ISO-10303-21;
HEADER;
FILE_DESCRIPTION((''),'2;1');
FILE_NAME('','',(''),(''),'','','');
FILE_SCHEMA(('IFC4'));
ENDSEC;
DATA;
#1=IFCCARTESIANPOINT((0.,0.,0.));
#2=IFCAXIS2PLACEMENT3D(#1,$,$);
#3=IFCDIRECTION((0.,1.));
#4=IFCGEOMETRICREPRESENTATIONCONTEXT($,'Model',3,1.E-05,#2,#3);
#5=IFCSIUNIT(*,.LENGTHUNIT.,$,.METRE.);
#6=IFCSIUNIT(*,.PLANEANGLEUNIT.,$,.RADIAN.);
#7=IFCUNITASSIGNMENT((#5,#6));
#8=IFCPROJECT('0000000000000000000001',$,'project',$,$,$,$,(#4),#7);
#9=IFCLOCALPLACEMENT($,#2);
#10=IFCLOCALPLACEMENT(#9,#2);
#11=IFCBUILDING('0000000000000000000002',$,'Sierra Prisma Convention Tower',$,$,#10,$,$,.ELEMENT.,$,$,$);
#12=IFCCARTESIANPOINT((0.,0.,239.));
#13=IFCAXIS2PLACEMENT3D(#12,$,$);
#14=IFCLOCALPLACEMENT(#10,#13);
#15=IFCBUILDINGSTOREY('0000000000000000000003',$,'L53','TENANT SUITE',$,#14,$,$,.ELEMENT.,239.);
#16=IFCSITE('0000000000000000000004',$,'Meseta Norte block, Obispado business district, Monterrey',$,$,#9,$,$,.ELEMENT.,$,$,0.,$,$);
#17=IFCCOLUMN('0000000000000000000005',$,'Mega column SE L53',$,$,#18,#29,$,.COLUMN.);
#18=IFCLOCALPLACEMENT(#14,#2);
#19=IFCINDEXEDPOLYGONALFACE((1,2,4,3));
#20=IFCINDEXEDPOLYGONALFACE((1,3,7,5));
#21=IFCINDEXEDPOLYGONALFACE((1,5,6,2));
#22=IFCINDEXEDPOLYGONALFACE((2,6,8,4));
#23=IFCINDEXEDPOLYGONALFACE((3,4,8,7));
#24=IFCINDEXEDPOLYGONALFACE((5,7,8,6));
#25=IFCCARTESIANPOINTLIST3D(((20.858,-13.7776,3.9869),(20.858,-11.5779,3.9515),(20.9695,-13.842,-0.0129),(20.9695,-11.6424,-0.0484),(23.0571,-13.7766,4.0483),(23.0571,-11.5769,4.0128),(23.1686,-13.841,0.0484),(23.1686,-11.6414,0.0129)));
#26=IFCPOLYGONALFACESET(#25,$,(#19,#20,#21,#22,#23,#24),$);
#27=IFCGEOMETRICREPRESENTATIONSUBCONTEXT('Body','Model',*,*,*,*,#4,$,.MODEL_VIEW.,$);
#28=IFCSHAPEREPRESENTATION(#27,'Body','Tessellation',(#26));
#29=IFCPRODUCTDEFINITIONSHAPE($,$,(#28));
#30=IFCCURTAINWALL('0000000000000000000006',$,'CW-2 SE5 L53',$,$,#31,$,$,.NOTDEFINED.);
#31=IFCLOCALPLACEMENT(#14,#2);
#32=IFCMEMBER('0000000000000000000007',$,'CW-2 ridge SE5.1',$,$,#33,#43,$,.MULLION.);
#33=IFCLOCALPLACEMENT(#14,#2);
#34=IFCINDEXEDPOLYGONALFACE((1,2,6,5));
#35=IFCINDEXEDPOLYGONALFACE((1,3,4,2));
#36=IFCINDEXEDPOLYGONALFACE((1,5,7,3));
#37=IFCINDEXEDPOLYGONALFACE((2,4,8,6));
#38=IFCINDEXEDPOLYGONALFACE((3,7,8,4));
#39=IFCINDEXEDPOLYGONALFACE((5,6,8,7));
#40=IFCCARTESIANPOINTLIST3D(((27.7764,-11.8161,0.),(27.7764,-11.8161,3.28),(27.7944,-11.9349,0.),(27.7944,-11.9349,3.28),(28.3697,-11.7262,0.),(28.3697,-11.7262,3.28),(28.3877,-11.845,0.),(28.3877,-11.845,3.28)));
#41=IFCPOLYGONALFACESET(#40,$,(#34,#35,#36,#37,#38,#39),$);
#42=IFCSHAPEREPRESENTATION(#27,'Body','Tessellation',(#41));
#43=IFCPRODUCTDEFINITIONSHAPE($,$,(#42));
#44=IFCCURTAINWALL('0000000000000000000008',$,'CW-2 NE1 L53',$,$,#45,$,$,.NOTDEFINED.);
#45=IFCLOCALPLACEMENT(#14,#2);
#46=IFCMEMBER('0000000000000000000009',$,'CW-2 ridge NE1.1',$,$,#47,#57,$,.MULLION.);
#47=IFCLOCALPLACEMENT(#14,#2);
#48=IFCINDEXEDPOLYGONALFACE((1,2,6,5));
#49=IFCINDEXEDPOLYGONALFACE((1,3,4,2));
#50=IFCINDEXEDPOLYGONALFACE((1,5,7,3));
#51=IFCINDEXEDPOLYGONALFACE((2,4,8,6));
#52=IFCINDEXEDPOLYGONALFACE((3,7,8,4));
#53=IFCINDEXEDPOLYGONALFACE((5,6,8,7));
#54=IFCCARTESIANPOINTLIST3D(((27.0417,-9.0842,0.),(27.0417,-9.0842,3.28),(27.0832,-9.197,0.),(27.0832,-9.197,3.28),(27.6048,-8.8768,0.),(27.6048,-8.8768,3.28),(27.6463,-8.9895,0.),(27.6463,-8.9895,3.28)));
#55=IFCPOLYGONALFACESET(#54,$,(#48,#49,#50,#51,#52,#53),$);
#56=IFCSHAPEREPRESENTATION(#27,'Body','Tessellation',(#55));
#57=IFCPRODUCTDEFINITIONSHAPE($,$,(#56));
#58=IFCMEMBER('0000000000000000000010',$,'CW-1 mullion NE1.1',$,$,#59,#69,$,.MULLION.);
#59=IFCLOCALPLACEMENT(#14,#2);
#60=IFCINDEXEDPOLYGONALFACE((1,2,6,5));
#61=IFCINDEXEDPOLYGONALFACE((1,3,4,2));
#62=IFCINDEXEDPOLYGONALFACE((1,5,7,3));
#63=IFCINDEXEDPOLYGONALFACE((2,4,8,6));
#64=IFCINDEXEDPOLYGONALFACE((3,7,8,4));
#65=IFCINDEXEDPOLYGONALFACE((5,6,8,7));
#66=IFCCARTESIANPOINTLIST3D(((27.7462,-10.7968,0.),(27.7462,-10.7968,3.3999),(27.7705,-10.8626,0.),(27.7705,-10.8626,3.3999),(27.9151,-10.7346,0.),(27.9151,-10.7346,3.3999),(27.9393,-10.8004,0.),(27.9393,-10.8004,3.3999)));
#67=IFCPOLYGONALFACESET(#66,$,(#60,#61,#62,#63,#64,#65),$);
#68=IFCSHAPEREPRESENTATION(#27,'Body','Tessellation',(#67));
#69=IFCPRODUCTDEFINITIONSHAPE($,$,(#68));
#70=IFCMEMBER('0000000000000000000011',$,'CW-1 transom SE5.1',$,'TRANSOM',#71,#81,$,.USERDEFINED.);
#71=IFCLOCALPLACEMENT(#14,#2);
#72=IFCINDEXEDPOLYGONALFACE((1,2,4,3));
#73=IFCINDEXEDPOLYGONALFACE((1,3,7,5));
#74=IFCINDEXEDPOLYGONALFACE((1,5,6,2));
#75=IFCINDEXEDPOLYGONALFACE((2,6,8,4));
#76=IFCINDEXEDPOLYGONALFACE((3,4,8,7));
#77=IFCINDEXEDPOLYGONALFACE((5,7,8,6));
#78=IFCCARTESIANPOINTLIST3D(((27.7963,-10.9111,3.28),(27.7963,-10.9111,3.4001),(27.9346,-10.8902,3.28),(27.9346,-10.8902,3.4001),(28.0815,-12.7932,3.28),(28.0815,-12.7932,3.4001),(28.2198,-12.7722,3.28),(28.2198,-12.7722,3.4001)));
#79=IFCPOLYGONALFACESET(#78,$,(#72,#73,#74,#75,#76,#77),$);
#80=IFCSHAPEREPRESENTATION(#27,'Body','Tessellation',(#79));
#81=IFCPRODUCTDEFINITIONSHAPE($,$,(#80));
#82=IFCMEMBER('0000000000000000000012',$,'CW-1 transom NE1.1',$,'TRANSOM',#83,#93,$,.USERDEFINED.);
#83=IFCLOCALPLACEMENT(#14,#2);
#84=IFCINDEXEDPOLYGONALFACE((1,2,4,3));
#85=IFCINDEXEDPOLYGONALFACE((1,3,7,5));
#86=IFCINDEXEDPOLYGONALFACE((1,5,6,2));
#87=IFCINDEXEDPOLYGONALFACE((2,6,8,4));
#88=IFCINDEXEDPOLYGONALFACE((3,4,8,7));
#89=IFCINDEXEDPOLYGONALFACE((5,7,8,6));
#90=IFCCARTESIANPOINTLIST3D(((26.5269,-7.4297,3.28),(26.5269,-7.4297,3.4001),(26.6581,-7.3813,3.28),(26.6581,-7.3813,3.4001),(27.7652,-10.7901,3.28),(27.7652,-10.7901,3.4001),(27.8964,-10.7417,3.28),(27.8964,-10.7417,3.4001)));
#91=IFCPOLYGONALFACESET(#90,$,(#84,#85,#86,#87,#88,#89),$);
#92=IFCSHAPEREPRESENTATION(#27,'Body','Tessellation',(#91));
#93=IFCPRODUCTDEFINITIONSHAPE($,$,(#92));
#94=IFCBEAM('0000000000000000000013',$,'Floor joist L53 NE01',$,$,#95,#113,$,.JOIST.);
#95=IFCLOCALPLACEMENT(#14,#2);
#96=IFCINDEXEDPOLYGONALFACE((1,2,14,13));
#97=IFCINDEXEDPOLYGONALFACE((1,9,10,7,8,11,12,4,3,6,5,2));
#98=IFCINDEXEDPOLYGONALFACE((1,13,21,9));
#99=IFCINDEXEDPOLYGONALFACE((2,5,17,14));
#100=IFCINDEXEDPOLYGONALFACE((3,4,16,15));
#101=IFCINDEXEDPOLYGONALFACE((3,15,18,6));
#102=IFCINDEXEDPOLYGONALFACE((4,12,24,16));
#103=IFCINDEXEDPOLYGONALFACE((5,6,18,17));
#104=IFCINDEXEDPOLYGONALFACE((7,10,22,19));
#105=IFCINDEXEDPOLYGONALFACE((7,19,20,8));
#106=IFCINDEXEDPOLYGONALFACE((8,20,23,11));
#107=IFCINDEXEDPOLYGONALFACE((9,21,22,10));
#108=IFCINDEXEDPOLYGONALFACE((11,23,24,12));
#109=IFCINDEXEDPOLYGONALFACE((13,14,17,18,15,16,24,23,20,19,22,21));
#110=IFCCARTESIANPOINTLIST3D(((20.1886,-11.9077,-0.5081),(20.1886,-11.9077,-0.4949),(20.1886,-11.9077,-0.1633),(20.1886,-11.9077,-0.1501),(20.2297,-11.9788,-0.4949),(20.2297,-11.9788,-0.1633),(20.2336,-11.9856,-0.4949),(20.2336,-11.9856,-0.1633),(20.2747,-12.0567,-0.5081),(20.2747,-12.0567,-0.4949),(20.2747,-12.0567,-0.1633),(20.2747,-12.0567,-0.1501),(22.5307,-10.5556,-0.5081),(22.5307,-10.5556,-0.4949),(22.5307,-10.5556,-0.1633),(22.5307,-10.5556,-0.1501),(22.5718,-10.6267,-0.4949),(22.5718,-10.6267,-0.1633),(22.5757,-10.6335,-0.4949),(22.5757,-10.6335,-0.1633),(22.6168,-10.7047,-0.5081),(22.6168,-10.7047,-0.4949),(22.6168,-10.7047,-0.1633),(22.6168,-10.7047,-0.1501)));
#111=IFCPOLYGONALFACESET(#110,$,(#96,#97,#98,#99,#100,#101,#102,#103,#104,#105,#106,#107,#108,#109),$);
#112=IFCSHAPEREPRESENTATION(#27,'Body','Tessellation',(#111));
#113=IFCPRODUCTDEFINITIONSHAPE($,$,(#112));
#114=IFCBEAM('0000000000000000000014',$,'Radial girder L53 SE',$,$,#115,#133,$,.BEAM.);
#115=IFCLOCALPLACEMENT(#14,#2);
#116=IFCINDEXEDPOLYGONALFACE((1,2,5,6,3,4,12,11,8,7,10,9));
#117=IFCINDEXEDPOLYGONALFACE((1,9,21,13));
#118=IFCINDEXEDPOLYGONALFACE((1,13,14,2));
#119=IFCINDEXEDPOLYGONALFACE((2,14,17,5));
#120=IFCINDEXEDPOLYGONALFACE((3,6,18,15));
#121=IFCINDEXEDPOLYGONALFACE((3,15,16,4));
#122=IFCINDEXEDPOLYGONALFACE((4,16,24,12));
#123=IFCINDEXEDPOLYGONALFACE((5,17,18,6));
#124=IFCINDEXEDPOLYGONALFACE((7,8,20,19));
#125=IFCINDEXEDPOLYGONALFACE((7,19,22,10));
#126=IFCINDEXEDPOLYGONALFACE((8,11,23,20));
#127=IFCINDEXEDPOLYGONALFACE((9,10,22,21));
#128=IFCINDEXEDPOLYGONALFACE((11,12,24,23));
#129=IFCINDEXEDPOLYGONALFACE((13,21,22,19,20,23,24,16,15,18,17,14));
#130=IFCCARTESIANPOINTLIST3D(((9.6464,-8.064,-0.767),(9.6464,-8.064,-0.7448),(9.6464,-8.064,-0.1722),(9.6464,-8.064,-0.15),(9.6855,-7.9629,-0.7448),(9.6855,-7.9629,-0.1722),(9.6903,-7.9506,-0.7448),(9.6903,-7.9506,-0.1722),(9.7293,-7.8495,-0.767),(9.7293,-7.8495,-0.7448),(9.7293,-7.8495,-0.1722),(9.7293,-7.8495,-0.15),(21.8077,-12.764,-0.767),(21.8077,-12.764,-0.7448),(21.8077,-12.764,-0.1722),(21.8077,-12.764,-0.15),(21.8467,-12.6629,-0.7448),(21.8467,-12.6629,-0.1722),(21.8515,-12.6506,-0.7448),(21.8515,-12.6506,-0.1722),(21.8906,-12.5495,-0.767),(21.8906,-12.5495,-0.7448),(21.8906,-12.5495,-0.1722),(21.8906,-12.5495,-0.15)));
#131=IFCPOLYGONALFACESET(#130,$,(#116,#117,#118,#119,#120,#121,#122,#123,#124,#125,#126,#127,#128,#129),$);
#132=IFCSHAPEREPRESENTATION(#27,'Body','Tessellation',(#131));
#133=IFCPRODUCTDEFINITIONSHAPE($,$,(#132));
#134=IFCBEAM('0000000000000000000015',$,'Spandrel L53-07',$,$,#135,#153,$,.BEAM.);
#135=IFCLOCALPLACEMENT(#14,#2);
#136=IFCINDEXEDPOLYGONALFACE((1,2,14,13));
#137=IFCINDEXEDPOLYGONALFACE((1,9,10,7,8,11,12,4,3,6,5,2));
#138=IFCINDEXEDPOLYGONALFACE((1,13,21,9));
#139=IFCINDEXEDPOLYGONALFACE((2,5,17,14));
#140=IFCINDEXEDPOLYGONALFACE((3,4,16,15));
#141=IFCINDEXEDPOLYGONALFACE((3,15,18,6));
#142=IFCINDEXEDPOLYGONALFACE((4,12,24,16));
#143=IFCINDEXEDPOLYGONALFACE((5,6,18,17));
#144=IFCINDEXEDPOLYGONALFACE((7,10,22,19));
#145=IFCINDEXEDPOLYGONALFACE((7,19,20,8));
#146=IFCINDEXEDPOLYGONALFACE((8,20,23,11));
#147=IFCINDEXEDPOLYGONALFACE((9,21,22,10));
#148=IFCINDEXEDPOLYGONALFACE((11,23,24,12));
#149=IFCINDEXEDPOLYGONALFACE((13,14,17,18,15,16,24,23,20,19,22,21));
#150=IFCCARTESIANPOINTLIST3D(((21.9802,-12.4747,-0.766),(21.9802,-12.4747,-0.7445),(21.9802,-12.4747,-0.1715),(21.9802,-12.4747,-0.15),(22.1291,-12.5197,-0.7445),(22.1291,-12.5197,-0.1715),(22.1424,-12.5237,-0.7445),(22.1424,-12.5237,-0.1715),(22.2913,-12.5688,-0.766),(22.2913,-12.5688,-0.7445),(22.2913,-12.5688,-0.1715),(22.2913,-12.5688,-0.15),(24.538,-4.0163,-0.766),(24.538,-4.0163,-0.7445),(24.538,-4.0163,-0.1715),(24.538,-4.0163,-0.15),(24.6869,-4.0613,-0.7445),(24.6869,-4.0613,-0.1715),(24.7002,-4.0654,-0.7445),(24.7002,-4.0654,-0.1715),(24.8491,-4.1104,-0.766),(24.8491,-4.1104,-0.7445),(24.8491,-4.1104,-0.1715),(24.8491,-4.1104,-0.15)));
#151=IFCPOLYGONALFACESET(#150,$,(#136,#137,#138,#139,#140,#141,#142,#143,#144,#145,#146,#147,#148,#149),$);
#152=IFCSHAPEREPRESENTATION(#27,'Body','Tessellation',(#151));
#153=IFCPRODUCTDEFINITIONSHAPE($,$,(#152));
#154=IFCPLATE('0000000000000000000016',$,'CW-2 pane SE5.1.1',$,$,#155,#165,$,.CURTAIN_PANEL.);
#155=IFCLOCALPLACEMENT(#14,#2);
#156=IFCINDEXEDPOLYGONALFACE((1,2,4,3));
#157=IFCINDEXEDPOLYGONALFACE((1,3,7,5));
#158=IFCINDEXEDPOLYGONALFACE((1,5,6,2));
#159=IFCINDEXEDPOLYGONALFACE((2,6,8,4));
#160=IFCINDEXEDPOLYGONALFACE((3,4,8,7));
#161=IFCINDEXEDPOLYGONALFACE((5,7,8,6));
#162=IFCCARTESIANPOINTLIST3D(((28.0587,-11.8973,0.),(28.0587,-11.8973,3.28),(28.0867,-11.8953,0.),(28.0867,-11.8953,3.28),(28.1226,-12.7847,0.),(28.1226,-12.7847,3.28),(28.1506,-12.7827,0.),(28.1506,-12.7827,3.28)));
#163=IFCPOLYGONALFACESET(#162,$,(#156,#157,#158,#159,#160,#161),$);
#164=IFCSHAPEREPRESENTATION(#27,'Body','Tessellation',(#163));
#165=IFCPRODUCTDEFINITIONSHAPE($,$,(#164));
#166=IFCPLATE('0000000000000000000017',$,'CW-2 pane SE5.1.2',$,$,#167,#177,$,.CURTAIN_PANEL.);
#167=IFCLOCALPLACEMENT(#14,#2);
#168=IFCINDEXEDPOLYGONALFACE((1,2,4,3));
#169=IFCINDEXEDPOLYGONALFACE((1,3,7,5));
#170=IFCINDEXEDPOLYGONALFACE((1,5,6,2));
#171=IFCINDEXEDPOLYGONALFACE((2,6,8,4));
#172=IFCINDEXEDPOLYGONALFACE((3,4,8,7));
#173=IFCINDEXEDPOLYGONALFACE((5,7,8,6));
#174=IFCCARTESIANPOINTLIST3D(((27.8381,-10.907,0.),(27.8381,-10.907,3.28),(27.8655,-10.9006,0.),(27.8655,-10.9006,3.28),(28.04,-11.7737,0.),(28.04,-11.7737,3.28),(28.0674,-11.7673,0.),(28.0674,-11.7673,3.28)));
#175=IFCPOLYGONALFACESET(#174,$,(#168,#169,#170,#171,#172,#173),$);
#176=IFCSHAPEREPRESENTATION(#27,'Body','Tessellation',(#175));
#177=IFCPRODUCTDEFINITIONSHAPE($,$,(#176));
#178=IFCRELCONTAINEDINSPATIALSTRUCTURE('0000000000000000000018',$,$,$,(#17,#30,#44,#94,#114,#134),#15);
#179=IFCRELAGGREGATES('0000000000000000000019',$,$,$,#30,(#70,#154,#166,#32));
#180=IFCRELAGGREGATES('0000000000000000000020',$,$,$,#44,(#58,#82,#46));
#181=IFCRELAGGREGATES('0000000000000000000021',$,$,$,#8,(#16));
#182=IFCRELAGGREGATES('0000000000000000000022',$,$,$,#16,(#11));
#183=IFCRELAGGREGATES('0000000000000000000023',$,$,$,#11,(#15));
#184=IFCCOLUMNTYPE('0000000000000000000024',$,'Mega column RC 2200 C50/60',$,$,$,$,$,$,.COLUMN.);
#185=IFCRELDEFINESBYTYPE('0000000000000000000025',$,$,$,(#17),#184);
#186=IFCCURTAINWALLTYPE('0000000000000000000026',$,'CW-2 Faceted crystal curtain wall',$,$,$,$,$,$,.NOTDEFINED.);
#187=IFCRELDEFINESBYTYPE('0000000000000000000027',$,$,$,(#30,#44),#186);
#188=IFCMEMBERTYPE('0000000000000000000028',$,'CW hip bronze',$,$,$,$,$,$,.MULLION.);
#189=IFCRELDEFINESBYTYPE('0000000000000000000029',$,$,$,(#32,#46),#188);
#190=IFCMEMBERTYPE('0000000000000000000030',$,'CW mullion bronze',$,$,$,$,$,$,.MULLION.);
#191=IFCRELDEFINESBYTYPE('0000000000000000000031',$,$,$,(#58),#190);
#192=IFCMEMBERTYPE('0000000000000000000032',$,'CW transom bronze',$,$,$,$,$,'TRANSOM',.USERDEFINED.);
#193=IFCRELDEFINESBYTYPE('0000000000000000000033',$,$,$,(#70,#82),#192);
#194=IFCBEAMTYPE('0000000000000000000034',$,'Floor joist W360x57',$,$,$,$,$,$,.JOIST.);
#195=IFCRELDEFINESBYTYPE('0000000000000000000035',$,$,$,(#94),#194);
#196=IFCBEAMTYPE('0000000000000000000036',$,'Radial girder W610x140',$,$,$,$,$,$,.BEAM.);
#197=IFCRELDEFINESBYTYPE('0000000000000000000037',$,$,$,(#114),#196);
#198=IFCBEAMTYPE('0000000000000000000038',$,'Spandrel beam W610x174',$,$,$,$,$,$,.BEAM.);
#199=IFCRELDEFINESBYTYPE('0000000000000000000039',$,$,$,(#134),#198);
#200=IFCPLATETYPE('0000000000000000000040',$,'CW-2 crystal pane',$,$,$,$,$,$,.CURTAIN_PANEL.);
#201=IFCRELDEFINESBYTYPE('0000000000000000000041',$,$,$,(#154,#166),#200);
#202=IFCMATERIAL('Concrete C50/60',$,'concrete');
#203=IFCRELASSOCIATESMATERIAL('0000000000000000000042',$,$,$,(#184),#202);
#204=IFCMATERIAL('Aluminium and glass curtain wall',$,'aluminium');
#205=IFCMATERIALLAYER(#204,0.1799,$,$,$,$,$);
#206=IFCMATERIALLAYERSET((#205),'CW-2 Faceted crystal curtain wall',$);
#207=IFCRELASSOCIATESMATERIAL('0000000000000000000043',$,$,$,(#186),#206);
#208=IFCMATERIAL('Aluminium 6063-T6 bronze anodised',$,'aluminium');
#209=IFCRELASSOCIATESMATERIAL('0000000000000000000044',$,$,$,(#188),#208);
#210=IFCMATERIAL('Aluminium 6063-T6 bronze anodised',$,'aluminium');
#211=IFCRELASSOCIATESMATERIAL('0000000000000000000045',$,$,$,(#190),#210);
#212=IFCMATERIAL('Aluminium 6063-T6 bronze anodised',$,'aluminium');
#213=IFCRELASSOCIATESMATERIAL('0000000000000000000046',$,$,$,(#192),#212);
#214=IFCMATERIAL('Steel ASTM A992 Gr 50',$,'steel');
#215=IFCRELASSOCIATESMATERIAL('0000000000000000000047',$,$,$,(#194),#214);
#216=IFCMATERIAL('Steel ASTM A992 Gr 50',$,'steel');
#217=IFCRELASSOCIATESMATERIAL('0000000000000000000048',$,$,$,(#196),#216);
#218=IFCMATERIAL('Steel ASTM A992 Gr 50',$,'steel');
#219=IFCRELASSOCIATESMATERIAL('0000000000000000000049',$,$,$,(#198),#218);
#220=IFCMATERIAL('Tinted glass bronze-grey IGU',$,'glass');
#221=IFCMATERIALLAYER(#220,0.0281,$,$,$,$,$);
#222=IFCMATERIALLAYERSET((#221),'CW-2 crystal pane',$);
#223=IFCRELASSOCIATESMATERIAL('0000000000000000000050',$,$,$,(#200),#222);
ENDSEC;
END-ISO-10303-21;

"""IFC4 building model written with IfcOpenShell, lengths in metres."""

from ifc_helpers import new_model, si_unit, direction, frame, origin, origin_2d, place, context, subcontext, project, spatial, polyline, rectangle, i_section, outline, extrude, material, layer, layer_set, material_profile, profile_set, type_object, element, aggregate, save


model = new_model("IFC4")

# Units and contexts
model_context = context("Model", 3, precision=1e-05, world=origin(), true_north=direction((0.0, 1.0)))
body_context = subcontext(model_context, "Body", "Model", "MODEL_VIEW")
ifc_project = project(units=[si_unit("LENGTHUNIT", "METRE"), si_unit("PLANEANGLEUNIT", "RADIAN")], contexts=[model_context])

# Site, building, storey
site_placement = place(None, origin())
site = spatial("IfcSite", under=ifc_project, at=site_placement, Name="Meseta Norte block, Obispado business district, Monterrey", CompositionType="ELEMENT", RefElevation=0.0)
building_placement = place(site_placement, origin())
building = spatial("IfcBuilding", under=site, at=building_placement, Name="Sierra Prisma Convention Tower", CompositionType="ELEMENT")
storey_placement = place(building_placement, frame((0.0, 0.0, 239.0)))
storey = spatial("IfcBuildingStorey", under=building, at=storey_placement, Name="L53", Description="TENANT SUITE", CompositionType="ELEMENT", Elevation=239.0)

# Column
ifc_material_1 = material(Name="Concrete C50/60", Category="concrete")
ifc_material_profile_1 = material_profile(ifc_material_1, rectangle(XDim=2.2, YDim=2.2, at=origin_2d()), Name="Mega column RC 2200 C50/60")
ifc_profile_set_1 = profile_set([ifc_material_profile_1], Name="Concrete C50/60")
column_type = type_object("IfcColumnType", Name="Mega column RC 2200 C50/60", PredefinedType="COLUMN", material=ifc_profile_set_1)
column_placement = place(storey_placement, frame((22.0691, -12.7417, 0.0), z_axis=(-0.027879, 0.016105, 0.999482), x_axis=(0.999611, 0.000449, 0.027875)))
element("IfcColumn", 1, at=column_placement, inside=storey, type_object=column_type, Name="Mega column SE L53", PredefinedType="COLUMN", context=body_context, shape_type="SweptSolid", body=[
    extrude(rectangle(XDim=2.2, YDim=2.2, at=origin_2d()), origin(), (0.0, 0.0, 1.0), 4.002),
])

# Curtain wall, member
ifc_material_2 = material(Name="Aluminium and glass curtain wall", Category="aluminium")
ifc_layer_1 = layer(ifc_material_2, 0.1799)
ifc_layer_set_1 = layer_set([ifc_layer_1], Name="CW-2 Faceted crystal curtain wall")
curtain_wall_type = type_object("IfcCurtainWallType", Name="CW-2 Faceted crystal curtain wall", PredefinedType="NOTDEFINED", material=ifc_layer_set_1)
curtain_wall_1_placement = place(storey_placement, origin())
curtain_wall_1 = element("IfcCurtainWall", 2, at=curtain_wall_1_placement, inside=storey, type_object=curtain_wall_type, Name="CW-2 SE5 L53", PredefinedType="NOTDEFINED")
ifc_material_3 = material(Name="Aluminium 6063-T6 bronze anodised", Category="aluminium")
ifc_material_profile_2 = material_profile(ifc_material_3, rectangle(XDim=0.1201, YDim=0.6001, at=origin_2d()), Name="ALU RIDGE BLADE 120x600")
ifc_profile_set_2 = profile_set([ifc_material_profile_2], Name="Aluminium 6063-T6 bronze anodised")
member_type_1 = type_object("IfcMemberType", Name="CW hip bronze", PredefinedType="MULLION", material=ifc_profile_set_2)
member_1_placement = place(storey_placement, frame((28.082, -11.8306, 0.0), z_axis=(0.0, 0.0, 1.0), x_axis=(-0.149818, 0.988714, 0.0)))
member_1 = element("IfcMember", 3, at=member_1_placement, type_object=member_type_1, Name="CW-2 ridge SE5.1", PredefinedType="MULLION", context=body_context, shape_type="SweptSolid", body=[
    extrude(rectangle(XDim=0.1201, YDim=0.6001, at=origin_2d()), origin(), (0.0, 0.0, 1.0), 3.28),
])

# Curtain wall, members
curtain_wall_2_placement = place(storey_placement, origin())
curtain_wall_2 = element("IfcCurtainWall", 4, at=curtain_wall_2_placement, inside=storey, type_object=curtain_wall_type, Name="CW-2 NE1 L53", PredefinedType="NOTDEFINED")
member_2_placement = place(storey_placement, frame((27.344, -9.0369, 0.0), z_axis=(0.0, 0.0, 1.0), x_axis=(-0.345714, 0.93834, 0.0)))
member_2 = element("IfcMember", 5, at=member_2_placement, type_object=member_type_1, Name="CW-2 ridge NE1.1", PredefinedType="MULLION", context=body_context, shape_type="SweptSolid", body=[
    extrude(rectangle(XDim=0.1201, YDim=0.6001, at=origin_2d()), origin(), (0.0, 0.0, 1.0), 3.28),
])
ifc_material_4 = material(Name="Aluminium 6063-T6 bronze anodised", Category="aluminium")
ifc_material_profile_3 = material_profile(ifc_material_4, rectangle(XDim=0.1799, YDim=0.0701, at=origin_2d()), Name="ALU MULLION 70x180")
ifc_profile_set_3 = profile_set([ifc_material_profile_3], Name="Aluminium 6063-T6 bronze anodised")
member_type_2 = type_object("IfcMemberType", Name="CW mullion bronze", PredefinedType="MULLION", material=ifc_profile_set_3)
member_3_placement = place(storey_placement, frame((27.8428, -10.7986, 0.0), z_axis=(0.0, 0.0, 1.0), x_axis=(-0.93834, -0.345714, 0.0)))
member_3 = element("IfcMember", 6, at=member_3_placement, type_object=member_type_2, Name="CW-1 mullion NE1.1", PredefinedType="MULLION", context=body_context, shape_type="SweptSolid", body=[
    extrude(rectangle(XDim=0.1799, YDim=0.0701, at=origin_2d()), origin(), (0.0, 0.0, 1.0), 3.3999),
])

# Members
ifc_material_5 = material(Name="Aluminium 6063-T6 bronze anodised", Category="aluminium")
ifc_material_profile_4 = material_profile(ifc_material_5, rectangle(XDim=0.1399, YDim=0.1201, at=origin_2d()), Name="ALU TRANSOM 120x140")
ifc_profile_set_4 = profile_set([ifc_material_profile_4], Name="Aluminium 6063-T6 bronze anodised")
member_type_3 = type_object("IfcMemberType", Name="CW transom bronze", ElementType="TRANSOM", PredefinedType="USERDEFINED", material=ifc_profile_set_4)
member_4_placement = place(storey_placement, frame((28.1506, -12.7827, 3.3401), z_axis=(-0.149802, 0.988716, 0.0), x_axis=(-0.988716, -0.149802, 0.0)))
member_4 = element("IfcMember", 7, at=member_4_placement, type_object=member_type_3, Name="CW-1 transom SE5.1", ObjectType="TRANSOM", PredefinedType="USERDEFINED", context=body_context, shape_type="SweptSolid", body=[
    extrude(rectangle(XDim=0.1399, YDim=0.1201, at=origin_2d()), origin(), (0.0, 0.0, 1.0), 1.9036),
])
member_5_placement = place(storey_placement, frame((27.8308, -10.7659, 3.3401), z_axis=(-0.345769, 0.93832, 0.0), x_axis=(-0.93832, -0.345769, 0.0)))
member_5 = element("IfcMember", 8, at=member_5_placement, type_object=member_type_3, Name="CW-1 transom NE1.1", ObjectType="TRANSOM", PredefinedType="USERDEFINED", context=body_context, shape_type="SweptSolid", body=[
    extrude(rectangle(XDim=0.1399, YDim=0.1201, at=origin_2d()), origin(), (0.0, 0.0, 1.0), 3.5813),
])

# Beams
ifc_material_6 = material(Name="Steel ASTM A992 Gr 50", Category="steel")
ifc_material_profile_5 = material_profile(ifc_material_6, i_section(OverallWidth=0.1721, OverallDepth=0.3579, WebThickness=0.0078, FlangeThickness=0.0132, at=origin_2d()), Name="W360x57")
ifc_profile_set_5 = profile_set([ifc_material_profile_5], Name="Steel ASTM A992 Gr 50")
beam_type_1 = type_object("IfcBeamType", Name="Floor joist W360x57", PredefinedType="JOIST", material=ifc_profile_set_5)
beam_1_placement = place(storey_placement, frame((22.5737, -10.6301, -0.3291), z_axis=(-0.866046, -0.499965, 0.0), x_axis=(0.499965, -0.866046, 0.0)))
element("IfcBeam", 9, at=beam_1_placement, inside=storey, type_object=beam_type_1, Name="Floor joist L53 NE01", PredefinedType="JOIST", context=body_context, shape_type="SweptSolid", body=[
    extrude(i_section(OverallWidth=0.1721, OverallDepth=0.3579, WebThickness=0.0078, FlangeThickness=0.0132, at=origin_2d()), origin(), (0.0, 0.0, 1.0), 2.7043),
])
ifc_material_7 = material(Name="Steel ASTM A992 Gr 50", Category="steel")
ifc_material_profile_6 = material_profile(ifc_material_7, i_section(OverallWidth=0.23, OverallDepth=0.6169, WebThickness=0.0132, FlangeThickness=0.0222, at=origin_2d()), Name="W610x140")
ifc_profile_set_6 = profile_set([ifc_material_profile_6], Name="Steel ASTM A992 Gr 50")
beam_type_2 = type_object("IfcBeamType", Name="Radial girder W610x140", PredefinedType="BEAM", material=ifc_profile_set_6)
beam_2_placement = place(storey_placement, frame((21.8491, -12.6567, -0.4585), z_axis=(-0.932764, 0.360488, 0.0), x_axis=(-0.360488, -0.932764, 0.0)))
element("IfcBeam", 10, at=beam_2_placement, inside=storey, type_object=beam_type_2, Name="Radial girder L53 SE", PredefinedType="BEAM", context=body_context, shape_type="SweptSolid", body=[
    extrude(i_section(OverallWidth=0.23, OverallDepth=0.6169, WebThickness=0.0132, FlangeThickness=0.0222, at=origin_2d()), origin(), (0.0, 0.0, 1.0), 13.0378),
])
ifc_material_8 = material(Name="Steel ASTM A992 Gr 50", Category="steel")
ifc_material_profile_7 = material_profile(ifc_material_8, i_section(OverallWidth=0.325, OverallDepth=0.616, WebThickness=0.0139, FlangeThickness=0.0215, at=origin_2d()), Name="W610x174")
ifc_profile_set_7 = profile_set([ifc_material_profile_7], Name="Steel ASTM A992 Gr 50")
beam_type_3 = type_object("IfcBeamType", Name="Spandrel beam W610x174", PredefinedType="BEAM", material=ifc_profile_set_7)
beam_3_placement = place(storey_placement, frame((22.1357, -12.5217, -0.458), z_axis=(0.289456, 0.957191, 0.0), x_axis=(-0.957191, 0.289456, 0.0)))
element("IfcBeam", 11, at=beam_3_placement, inside=storey, type_object=beam_type_3, Name="Spandrel L53-07", PredefinedType="BEAM", context=body_context, shape_type="SweptSolid", body=[
    extrude(i_section(OverallWidth=0.325, OverallDepth=0.616, WebThickness=0.0139, FlangeThickness=0.0215, at=origin_2d()), origin(), (0.0, 0.0, 1.0), 8.8367),
])

# Plates
ifc_material_9 = material(Name="Tinted glass bronze-grey IGU", Category="glass")
ifc_layer_2 = layer(ifc_material_9, 0.0281)
ifc_layer_set_2 = layer_set([ifc_layer_2], Name="CW-2 crystal pane")
plate_type = type_object("IfcPlateType", Name="CW-2 crystal pane", PredefinedType="CURTAIN_PANEL", material=ifc_layer_set_2)
plate_1_placement = place(storey_placement, frame((28.1506, -12.7827, 0.0), z_axis=(0.997413, 0.071891, 0.0), x_axis=(-0.071891, 0.997413, 0.0)))
plate_1 = element("IfcPlate", 12, at=plate_1_placement, type_object=plate_type, Name="CW-2 pane SE5.1.1", PredefinedType="CURTAIN_PANEL", context=body_context, shape_type="SweptSolid", body=[
    extrude(outline(polyline([(0.0, 0.0), (0.8898, 0.0), (0.8898, 3.28), (0.0, 3.28), (0.0, 0.0)])), origin(), (0.0, 0.0, -1.0), 0.0281),
])
plate_2_placement = place(storey_placement, frame((27.8655, -10.9006, 0.0), z_axis=(0.973922, 0.226883, 0.0), x_axis=(0.226883, -0.973922, 0.0)))
plate_2 = element("IfcPlate", 13, at=plate_2_placement, type_object=plate_type, Name="CW-2 pane SE5.1.2", PredefinedType="CURTAIN_PANEL", context=body_context, shape_type="SweptSolid", body=[
    extrude(outline(polyline([(0.0, 0.0), (0.8899, 0.0), (0.8899, -3.28), (0.0, -3.28), (0.0, 0.0)])), origin(), (0.0, 0.0, -1.0), 0.0281),
])
aggregate(curtain_wall_1, [member_4, plate_1, plate_2, member_1])
aggregate(curtain_wall_2, [member_3, member_5, member_2])

save(model, "model.ifc")
